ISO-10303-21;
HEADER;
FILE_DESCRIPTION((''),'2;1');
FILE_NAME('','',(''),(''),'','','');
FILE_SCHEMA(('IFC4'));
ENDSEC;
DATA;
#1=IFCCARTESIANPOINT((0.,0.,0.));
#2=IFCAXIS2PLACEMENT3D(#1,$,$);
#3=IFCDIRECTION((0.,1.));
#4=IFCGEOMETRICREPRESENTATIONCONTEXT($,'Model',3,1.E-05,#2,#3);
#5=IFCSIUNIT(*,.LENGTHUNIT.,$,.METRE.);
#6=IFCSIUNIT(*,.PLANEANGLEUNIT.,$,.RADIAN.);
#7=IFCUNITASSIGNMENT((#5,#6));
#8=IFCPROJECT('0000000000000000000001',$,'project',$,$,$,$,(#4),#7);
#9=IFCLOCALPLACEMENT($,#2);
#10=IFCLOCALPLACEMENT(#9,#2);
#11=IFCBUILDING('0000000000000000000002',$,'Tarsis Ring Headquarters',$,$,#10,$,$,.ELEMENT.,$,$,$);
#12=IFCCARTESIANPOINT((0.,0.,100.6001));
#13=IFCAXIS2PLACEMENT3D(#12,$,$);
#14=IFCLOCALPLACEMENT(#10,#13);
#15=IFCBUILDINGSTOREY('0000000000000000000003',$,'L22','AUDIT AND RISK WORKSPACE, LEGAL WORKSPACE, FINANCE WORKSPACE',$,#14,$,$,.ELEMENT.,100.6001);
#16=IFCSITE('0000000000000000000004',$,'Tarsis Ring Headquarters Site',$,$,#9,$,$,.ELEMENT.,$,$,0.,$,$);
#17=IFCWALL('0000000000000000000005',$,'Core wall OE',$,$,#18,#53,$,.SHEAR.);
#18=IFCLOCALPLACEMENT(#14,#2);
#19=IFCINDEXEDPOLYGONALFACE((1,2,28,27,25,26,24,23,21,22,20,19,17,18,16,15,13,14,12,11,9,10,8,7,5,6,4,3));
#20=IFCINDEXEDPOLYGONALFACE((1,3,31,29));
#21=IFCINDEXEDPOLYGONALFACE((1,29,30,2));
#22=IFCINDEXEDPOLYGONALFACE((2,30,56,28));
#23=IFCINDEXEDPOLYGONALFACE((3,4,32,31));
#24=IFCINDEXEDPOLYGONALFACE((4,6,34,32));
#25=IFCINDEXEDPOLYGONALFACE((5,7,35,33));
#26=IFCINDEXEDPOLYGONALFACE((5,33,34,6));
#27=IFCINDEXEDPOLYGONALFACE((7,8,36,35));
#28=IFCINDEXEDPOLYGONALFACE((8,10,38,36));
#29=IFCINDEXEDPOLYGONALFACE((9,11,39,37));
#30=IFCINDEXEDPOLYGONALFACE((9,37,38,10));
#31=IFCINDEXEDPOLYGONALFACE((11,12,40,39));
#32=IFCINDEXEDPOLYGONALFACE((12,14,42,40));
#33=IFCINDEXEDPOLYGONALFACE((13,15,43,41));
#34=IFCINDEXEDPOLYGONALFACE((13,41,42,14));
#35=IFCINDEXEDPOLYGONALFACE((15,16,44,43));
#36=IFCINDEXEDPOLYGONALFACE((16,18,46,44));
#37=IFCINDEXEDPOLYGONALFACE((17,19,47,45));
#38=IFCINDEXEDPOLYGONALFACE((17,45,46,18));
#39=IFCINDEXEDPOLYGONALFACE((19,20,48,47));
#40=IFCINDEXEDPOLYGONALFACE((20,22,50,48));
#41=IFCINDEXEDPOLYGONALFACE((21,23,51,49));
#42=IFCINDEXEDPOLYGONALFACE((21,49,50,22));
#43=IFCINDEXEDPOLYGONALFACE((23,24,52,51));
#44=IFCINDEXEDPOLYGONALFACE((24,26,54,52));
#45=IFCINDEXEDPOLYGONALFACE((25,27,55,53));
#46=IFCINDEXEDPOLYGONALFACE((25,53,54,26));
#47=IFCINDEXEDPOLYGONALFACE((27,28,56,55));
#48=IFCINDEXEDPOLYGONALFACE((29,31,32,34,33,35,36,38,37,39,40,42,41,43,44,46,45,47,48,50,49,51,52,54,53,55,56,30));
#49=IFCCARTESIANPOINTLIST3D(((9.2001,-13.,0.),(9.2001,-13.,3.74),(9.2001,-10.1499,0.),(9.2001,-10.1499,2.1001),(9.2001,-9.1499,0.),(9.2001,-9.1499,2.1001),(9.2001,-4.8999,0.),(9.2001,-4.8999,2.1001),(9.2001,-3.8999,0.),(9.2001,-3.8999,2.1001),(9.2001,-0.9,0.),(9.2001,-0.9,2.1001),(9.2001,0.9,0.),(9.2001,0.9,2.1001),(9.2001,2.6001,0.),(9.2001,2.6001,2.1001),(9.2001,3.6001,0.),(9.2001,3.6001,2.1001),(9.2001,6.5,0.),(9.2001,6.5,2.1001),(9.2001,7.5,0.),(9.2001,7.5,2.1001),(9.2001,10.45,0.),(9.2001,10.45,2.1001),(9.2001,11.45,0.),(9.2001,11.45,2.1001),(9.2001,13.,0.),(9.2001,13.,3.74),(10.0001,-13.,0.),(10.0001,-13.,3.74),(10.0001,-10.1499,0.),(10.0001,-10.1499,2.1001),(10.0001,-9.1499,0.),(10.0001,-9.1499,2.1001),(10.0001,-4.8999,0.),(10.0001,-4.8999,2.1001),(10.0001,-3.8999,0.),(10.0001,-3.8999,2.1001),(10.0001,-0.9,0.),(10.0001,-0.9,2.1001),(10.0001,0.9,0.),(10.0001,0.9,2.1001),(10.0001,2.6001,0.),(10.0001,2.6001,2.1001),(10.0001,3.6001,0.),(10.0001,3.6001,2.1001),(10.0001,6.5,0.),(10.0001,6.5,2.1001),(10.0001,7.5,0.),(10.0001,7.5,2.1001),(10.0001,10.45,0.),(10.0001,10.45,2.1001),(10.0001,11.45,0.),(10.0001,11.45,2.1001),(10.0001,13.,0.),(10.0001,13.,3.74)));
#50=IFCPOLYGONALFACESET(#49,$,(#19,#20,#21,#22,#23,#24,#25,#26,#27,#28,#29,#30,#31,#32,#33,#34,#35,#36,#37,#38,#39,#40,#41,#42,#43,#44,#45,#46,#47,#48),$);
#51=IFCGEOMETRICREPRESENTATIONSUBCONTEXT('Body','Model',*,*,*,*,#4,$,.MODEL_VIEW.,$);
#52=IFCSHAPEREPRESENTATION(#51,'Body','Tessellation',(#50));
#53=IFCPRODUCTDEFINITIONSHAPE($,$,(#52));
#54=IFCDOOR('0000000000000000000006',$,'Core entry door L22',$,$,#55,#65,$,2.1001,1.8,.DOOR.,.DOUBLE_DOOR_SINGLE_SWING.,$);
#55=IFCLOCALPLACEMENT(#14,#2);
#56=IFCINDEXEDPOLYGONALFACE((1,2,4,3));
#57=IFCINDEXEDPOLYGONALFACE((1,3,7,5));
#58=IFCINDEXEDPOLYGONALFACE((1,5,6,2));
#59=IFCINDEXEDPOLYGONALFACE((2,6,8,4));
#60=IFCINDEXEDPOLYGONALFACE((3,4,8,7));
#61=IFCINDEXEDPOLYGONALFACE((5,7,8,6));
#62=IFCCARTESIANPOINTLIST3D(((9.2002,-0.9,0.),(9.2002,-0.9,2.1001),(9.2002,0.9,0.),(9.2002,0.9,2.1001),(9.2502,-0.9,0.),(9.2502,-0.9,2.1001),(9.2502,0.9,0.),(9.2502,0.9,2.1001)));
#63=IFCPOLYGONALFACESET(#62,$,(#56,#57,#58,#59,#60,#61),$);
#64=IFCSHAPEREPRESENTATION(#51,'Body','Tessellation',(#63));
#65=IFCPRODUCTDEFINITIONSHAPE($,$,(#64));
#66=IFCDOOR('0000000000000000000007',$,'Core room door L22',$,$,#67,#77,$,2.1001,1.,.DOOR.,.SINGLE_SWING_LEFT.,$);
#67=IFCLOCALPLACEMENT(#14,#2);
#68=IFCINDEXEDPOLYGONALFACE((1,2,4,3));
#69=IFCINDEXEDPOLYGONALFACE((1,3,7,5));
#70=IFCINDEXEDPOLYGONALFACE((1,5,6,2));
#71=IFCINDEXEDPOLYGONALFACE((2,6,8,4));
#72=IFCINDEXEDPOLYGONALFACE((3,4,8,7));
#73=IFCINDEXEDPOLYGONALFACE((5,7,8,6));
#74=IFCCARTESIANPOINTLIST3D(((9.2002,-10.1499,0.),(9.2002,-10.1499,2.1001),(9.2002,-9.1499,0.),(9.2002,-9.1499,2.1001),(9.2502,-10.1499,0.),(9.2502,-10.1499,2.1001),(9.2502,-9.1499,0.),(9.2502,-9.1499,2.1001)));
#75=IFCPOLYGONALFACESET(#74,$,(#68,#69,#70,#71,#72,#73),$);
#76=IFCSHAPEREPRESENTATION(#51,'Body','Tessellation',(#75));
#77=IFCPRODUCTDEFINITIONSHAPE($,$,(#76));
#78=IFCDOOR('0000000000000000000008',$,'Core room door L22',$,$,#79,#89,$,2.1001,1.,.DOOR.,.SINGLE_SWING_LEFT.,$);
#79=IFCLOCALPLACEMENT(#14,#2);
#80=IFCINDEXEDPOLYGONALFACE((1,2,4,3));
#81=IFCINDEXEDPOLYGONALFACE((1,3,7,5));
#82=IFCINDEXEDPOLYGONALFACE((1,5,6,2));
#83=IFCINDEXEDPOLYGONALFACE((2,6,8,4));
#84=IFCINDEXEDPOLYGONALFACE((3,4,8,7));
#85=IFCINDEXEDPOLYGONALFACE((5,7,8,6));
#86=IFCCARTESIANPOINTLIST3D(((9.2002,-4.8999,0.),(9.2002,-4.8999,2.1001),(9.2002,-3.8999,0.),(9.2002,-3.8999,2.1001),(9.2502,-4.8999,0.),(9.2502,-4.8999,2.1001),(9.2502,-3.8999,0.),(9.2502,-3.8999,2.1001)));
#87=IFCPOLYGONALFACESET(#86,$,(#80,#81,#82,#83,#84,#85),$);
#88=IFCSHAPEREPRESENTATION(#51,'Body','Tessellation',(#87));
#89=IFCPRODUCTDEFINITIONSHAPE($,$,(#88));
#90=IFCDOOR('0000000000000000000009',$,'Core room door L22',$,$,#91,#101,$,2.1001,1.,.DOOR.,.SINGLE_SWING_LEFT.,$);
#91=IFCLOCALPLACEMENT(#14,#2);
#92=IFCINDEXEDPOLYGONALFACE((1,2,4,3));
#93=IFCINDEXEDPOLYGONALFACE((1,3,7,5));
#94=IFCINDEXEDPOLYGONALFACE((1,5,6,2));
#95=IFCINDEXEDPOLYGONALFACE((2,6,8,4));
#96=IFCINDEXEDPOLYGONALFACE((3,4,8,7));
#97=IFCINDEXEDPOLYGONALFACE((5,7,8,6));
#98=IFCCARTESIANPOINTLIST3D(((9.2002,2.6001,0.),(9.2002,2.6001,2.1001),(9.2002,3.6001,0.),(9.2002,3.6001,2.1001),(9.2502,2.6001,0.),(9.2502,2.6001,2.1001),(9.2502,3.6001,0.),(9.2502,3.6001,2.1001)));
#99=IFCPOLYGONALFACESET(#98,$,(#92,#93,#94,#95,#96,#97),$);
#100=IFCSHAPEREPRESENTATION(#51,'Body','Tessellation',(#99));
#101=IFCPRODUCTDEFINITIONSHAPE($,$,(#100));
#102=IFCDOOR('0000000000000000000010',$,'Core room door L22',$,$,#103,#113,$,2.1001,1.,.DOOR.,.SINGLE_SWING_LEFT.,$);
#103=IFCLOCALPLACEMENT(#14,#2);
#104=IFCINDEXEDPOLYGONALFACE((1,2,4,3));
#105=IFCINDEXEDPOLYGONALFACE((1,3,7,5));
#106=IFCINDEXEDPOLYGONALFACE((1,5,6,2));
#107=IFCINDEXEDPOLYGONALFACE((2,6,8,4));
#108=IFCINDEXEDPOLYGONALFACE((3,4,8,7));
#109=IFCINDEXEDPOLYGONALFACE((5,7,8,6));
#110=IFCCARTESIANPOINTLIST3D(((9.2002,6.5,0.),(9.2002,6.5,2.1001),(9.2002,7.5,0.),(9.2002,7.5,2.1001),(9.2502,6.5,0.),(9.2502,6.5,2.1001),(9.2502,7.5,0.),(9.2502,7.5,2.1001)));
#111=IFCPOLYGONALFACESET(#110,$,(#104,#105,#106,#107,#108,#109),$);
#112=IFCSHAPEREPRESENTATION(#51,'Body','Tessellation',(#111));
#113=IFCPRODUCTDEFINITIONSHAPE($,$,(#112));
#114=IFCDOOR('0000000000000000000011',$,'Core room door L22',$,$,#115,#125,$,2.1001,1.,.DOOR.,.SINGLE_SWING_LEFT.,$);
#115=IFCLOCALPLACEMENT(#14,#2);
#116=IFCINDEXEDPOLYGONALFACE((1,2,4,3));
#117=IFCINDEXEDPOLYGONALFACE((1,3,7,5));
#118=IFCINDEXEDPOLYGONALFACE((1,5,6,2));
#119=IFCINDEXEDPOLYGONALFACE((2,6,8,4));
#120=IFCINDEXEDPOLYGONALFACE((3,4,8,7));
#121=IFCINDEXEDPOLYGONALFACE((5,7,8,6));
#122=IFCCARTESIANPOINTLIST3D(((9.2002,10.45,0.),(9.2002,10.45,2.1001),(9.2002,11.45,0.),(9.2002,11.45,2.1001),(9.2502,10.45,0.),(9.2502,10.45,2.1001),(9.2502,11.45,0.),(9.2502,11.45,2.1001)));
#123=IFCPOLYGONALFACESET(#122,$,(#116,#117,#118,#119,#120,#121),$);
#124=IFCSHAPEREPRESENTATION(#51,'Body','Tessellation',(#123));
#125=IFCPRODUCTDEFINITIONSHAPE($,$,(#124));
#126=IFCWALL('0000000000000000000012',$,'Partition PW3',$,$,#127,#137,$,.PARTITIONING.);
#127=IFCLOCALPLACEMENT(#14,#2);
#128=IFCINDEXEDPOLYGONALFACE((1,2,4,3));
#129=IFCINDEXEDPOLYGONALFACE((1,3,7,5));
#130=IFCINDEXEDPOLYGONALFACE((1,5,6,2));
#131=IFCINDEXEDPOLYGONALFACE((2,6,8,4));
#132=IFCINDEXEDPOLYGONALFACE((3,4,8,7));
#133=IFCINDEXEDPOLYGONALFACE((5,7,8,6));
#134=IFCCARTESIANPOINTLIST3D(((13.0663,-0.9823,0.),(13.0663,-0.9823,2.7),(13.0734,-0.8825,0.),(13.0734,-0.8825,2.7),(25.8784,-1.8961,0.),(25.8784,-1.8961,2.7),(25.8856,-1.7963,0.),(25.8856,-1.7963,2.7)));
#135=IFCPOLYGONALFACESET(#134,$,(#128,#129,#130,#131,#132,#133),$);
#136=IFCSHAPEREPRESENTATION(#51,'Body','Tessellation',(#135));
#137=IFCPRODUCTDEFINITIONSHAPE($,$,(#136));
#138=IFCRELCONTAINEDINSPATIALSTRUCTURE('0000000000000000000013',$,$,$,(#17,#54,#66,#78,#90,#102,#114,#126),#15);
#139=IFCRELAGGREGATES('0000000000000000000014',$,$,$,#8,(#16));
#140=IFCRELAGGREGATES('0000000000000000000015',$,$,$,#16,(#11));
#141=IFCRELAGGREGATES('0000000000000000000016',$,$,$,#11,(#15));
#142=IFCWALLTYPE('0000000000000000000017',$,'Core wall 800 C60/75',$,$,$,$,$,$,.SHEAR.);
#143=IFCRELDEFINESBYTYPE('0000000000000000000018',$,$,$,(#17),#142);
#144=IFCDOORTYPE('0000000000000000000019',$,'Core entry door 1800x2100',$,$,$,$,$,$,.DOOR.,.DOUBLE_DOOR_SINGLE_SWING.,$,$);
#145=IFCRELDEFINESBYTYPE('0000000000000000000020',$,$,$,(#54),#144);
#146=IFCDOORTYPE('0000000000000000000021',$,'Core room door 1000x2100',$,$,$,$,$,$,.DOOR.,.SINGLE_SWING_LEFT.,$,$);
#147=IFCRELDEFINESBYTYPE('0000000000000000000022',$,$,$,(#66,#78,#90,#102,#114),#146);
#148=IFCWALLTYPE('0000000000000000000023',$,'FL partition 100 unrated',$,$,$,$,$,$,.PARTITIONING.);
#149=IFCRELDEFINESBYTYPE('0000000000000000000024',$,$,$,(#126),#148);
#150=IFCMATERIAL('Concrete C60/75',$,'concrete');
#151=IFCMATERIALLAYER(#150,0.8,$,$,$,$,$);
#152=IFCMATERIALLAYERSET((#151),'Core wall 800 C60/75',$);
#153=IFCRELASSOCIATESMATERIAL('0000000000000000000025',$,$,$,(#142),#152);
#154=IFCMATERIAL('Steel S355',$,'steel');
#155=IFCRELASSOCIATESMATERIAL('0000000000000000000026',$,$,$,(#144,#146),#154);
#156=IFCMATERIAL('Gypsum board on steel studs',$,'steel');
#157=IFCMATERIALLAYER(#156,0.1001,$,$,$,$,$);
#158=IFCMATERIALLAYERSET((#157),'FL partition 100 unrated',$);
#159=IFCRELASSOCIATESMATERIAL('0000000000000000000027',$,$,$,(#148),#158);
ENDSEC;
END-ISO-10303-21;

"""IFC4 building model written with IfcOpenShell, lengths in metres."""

from ifc_helpers import new_model, si_unit, direction, frame, frame_2d, origin, place, context, subcontext, project, spatial, rectangle, extrude, material, layer, layer_set, type_object, element, fill, save


model = new_model("IFC4")

# Units and contexts
model_context = context("Model", 3, precision=1e-05, world=origin(), true_north=direction((0.0, 1.0)))
body_context = subcontext(model_context, "Body", "Model", "MODEL_VIEW")
ifc_project = project(units=[si_unit("LENGTHUNIT", "METRE"), si_unit("PLANEANGLEUNIT", "RADIAN")], contexts=[model_context])

# Site, building, storey
site_placement = place(None, origin())
site = spatial("IfcSite", under=ifc_project, at=site_placement, Name="Tarsis Ring Headquarters Site", CompositionType="ELEMENT", RefElevation=0.0)
building_placement = place(site_placement, origin())
building = spatial("IfcBuilding", under=site, at=building_placement, Name="Tarsis Ring Headquarters", CompositionType="ELEMENT")
storey_placement = place(building_placement, frame((0.0, 0.0, 100.6001)))
storey = spatial("IfcBuildingStorey", under=building, at=storey_placement, Name="L22", Description="AUDIT AND RISK WORKSPACE, LEGAL WORKSPACE, FINANCE WORKSPACE", CompositionType="ELEMENT", Elevation=100.6001)

# Wall, openings, doors
ifc_material_1 = material(Name="Concrete C60/75", Category="concrete")
ifc_layer_1 = layer(ifc_material_1, 0.8)
ifc_layer_set_1 = layer_set([ifc_layer_1], Name="Core wall 800 C60/75")
wall_type_1 = type_object("IfcWallType", Name="Core wall 800 C60/75", PredefinedType="SHEAR", material=ifc_layer_set_1)
wall_1_placement = place(storey_placement, frame((9.6001, -13.0, 0.0), z_axis=(0.0, 0.0, 1.0), x_axis=(0.0, 1.0, 0.0)))
wall_1 = element("IfcWall", 1, at=wall_1_placement, inside=storey, type_object=wall_type_1, Name="Core wall OE", PredefinedType="SHEAR", context=body_context, shape_type="SweptSolid", body=[
    extrude(rectangle(XDim=26.0, YDim=0.8, at=frame_2d((13.0, 0.0))), origin(), (0.0, 0.0, 1.0), 3.74),
])
opening_1_placement = place(wall_1_placement, frame((2.8501, 0.0, 0.0)))
opening_1 = element("IfcOpeningElement", 2, at=opening_1_placement, cuts=wall_1, PredefinedType="OPENING", context=body_context, shape_type="SweptSolid", body=[
    extrude(rectangle(XDim=1.0, YDim=2.1001, at=frame_2d((0.5, 1.05))), frame((0.0, 0.4099, 0.0), z_axis=(0.0, -1.0, 0.0), x_axis=(1.0, 0.0, 0.0)), (0.0, 0.0, 1.0), 0.8201),
])
opening_2_placement = place(wall_1_placement, frame((8.1001, 0.0, 0.0)))
opening_2 = element("IfcOpeningElement", 3, at=opening_2_placement, cuts=wall_1, PredefinedType="OPENING", context=body_context, shape_type="SweptSolid", body=[
    extrude(rectangle(XDim=1.0, YDim=2.1001, at=frame_2d((0.5, 1.05))), frame((0.0, 0.4099, 0.0), z_axis=(0.0, -1.0, 0.0), x_axis=(1.0, 0.0, 0.0)), (0.0, 0.0, 1.0), 0.8201),
])
opening_3_placement = place(wall_1_placement, frame((12.1001, 0.0, 0.0)))
opening_3 = element("IfcOpeningElement", 4, at=opening_3_placement, cuts=wall_1, PredefinedType="OPENING", context=body_context, shape_type="SweptSolid", body=[
    extrude(rectangle(XDim=1.8, YDim=2.1001, at=frame_2d((0.8999, 1.05))), frame((0.0, 0.4099, 0.0), z_axis=(0.0, -1.0, 0.0), x_axis=(1.0, 0.0, 0.0)), (0.0, 0.0, 1.0), 0.8201),
])
opening_4_placement = place(wall_1_placement, frame((15.6001, 0.0, 0.0)))
opening_4 = element("IfcOpeningElement", 5, at=opening_4_placement, cuts=wall_1, PredefinedType="OPENING", context=body_context, shape_type="SweptSolid", body=[
    extrude(rectangle(XDim=1.0, YDim=2.1001, at=frame_2d((0.5, 1.05))), frame((0.0, 0.4099, 0.0), z_axis=(0.0, -1.0, 0.0), x_axis=(1.0, 0.0, 0.0)), (0.0, 0.0, 1.0), 0.8201),
])
opening_5_placement = place(wall_1_placement, frame((19.5, 0.0, 0.0)))
opening_5 = element("IfcOpeningElement", 6, at=opening_5_placement, cuts=wall_1, PredefinedType="OPENING", context=body_context, shape_type="SweptSolid", body=[
    extrude(rectangle(XDim=1.0, YDim=2.1001, at=frame_2d((0.5, 1.05))), frame((0.0, 0.4099, 0.0), z_axis=(0.0, -1.0, 0.0), x_axis=(1.0, 0.0, 0.0)), (0.0, 0.0, 1.0), 0.8201),
])
opening_6_placement = place(wall_1_placement, frame((23.45, 0.0, 0.0)))
opening_6 = element("IfcOpeningElement", 7, at=opening_6_placement, cuts=wall_1, PredefinedType="OPENING", context=body_context, shape_type="SweptSolid", body=[
    extrude(rectangle(XDim=1.0, YDim=2.1001, at=frame_2d((0.5, 1.05))), frame((0.0, 0.4099, 0.0), z_axis=(0.0, -1.0, 0.0), x_axis=(1.0, 0.0, 0.0)), (0.0, 0.0, 1.0), 0.8201),
])
ifc_material_2 = material(Name="Steel S355", Category="steel")
door_type_1 = type_object("IfcDoorType", Name="Core entry door 1800x2100", OperationType="DOUBLE_DOOR_SINGLE_SWING", PredefinedType="DOOR", material=ifc_material_2)
door_1_placement = place(opening_3_placement, origin())
door_1 = element("IfcDoor", 8, at=door_1_placement, inside=storey, type_object=door_type_1, Name="Core entry door L22", OperationType="DOUBLE_DOOR_SINGLE_SWING", OverallHeight=2.1001, OverallWidth=1.8, PredefinedType="DOOR", context=body_context, shape_type="SweptSolid", body=[
    extrude(rectangle(XDim=1.8, YDim=2.1001, at=frame_2d((0.8999, 1.05))), frame((0.0, 0.3999, 0.0), z_axis=(0.0, -1.0, 0.0), x_axis=(1.0, 0.0, 0.0)), (0.0, 0.0, 1.0), 0.05),
])
fill(opening_3, door_1)
door_type_2 = type_object("IfcDoorType", Name="Core room door 1000x2100", OperationType="SINGLE_SWING_LEFT", PredefinedType="DOOR", material=ifc_material_2)
door_2_placement = place(opening_1_placement, origin())
door_2 = element("IfcDoor", 9, at=door_2_placement, inside=storey, type_object=door_type_2, Name="Core room door L22", OperationType="SINGLE_SWING_LEFT", OverallHeight=2.1001, OverallWidth=1.0, PredefinedType="DOOR", context=body_context, shape_type="SweptSolid", body=[
    extrude(rectangle(XDim=1.0, YDim=2.1001, at=frame_2d((0.5, 1.05))), frame((0.0, 0.3999, 0.0), z_axis=(0.0, -1.0, 0.0), x_axis=(1.0, 0.0, 0.0)), (0.0, 0.0, 1.0), 0.05),
])
fill(opening_1, door_2)
door_3_placement = place(opening_2_placement, origin())
door_3 = element("IfcDoor", 10, at=door_3_placement, inside=storey, type_object=door_type_2, Name="Core room door L22", OperationType="SINGLE_SWING_LEFT", OverallHeight=2.1001, OverallWidth=1.0, PredefinedType="DOOR", context=body_context, shape_type="SweptSolid", body=[
    extrude(rectangle(XDim=1.0, YDim=2.1001, at=frame_2d((0.5, 1.05))), frame((0.0, 0.3999, 0.0), z_axis=(0.0, -1.0, 0.0), x_axis=(1.0, 0.0, 0.0)), (0.0, 0.0, 1.0), 0.05),
])
fill(opening_2, door_3)
door_4_placement = place(opening_4_placement, origin())
door_4 = element("IfcDoor", 11, at=door_4_placement, inside=storey, type_object=door_type_2, Name="Core room door L22", OperationType="SINGLE_SWING_LEFT", OverallHeight=2.1001, OverallWidth=1.0, PredefinedType="DOOR", context=body_context, shape_type="SweptSolid", body=[
    extrude(rectangle(XDim=1.0, YDim=2.1001, at=frame_2d((0.5, 1.05))), frame((0.0, 0.3999, 0.0), z_axis=(0.0, -1.0, 0.0), x_axis=(1.0, 0.0, 0.0)), (0.0, 0.0, 1.0), 0.05),
])
fill(opening_4, door_4)
door_5_placement = place(opening_5_placement, origin())
door_5 = element("IfcDoor", 12, at=door_5_placement, inside=storey, type_object=door_type_2, Name="Core room door L22", OperationType="SINGLE_SWING_LEFT", OverallHeight=2.1001, OverallWidth=1.0, PredefinedType="DOOR", context=body_context, shape_type="SweptSolid", body=[
    extrude(rectangle(XDim=1.0, YDim=2.1001, at=frame_2d((0.5, 1.05))), frame((0.0, 0.3999, 0.0), z_axis=(0.0, -1.0, 0.0), x_axis=(1.0, 0.0, 0.0)), (0.0, 0.0, 1.0), 0.05),
])
fill(opening_5, door_5)
door_6_placement = place(opening_6_placement, origin())
door_6 = element("IfcDoor", 13, at=door_6_placement, inside=storey, type_object=door_type_2, Name="Core room door L22", OperationType="SINGLE_SWING_LEFT", OverallHeight=2.1001, OverallWidth=1.0, PredefinedType="DOOR", context=body_context, shape_type="SweptSolid", body=[
    extrude(rectangle(XDim=1.0, YDim=2.1001, at=frame_2d((0.5, 1.05))), frame((0.0, 0.3999, 0.0), z_axis=(0.0, -1.0, 0.0), x_axis=(1.0, 0.0, 0.0)), (0.0, 0.0, 1.0), 0.05),
])
fill(opening_6, door_6)

# Wall
ifc_material_3 = material(Name="Gypsum board on steel studs", Category="steel")
ifc_layer_2 = layer(ifc_material_3, 0.1001)
ifc_layer_set_2 = layer_set([ifc_layer_2], Name="FL partition 100 unrated")
wall_type_2 = type_object("IfcWallType", Name="FL partition 100 unrated", PredefinedType="PARTITIONING", material=ifc_layer_set_2)
wall_2_placement = place(storey_placement, frame((13.0698, -0.9324, 0.0), z_axis=(0.0, 0.0, 1.0), x_axis=(0.997466, -0.071143, 0.0)))
element("IfcWall", 14, at=wall_2_placement, inside=storey, type_object=wall_type_2, Name="Partition PW3", PredefinedType="PARTITIONING", context=body_context, shape_type="SweptSolid", body=[
    extrude(rectangle(XDim=12.8447, YDim=0.1001, at=frame_2d((6.4224, 0.0))), origin(), (0.0, 0.0, 1.0), 2.7),
])

save(model, "model.ifc")
